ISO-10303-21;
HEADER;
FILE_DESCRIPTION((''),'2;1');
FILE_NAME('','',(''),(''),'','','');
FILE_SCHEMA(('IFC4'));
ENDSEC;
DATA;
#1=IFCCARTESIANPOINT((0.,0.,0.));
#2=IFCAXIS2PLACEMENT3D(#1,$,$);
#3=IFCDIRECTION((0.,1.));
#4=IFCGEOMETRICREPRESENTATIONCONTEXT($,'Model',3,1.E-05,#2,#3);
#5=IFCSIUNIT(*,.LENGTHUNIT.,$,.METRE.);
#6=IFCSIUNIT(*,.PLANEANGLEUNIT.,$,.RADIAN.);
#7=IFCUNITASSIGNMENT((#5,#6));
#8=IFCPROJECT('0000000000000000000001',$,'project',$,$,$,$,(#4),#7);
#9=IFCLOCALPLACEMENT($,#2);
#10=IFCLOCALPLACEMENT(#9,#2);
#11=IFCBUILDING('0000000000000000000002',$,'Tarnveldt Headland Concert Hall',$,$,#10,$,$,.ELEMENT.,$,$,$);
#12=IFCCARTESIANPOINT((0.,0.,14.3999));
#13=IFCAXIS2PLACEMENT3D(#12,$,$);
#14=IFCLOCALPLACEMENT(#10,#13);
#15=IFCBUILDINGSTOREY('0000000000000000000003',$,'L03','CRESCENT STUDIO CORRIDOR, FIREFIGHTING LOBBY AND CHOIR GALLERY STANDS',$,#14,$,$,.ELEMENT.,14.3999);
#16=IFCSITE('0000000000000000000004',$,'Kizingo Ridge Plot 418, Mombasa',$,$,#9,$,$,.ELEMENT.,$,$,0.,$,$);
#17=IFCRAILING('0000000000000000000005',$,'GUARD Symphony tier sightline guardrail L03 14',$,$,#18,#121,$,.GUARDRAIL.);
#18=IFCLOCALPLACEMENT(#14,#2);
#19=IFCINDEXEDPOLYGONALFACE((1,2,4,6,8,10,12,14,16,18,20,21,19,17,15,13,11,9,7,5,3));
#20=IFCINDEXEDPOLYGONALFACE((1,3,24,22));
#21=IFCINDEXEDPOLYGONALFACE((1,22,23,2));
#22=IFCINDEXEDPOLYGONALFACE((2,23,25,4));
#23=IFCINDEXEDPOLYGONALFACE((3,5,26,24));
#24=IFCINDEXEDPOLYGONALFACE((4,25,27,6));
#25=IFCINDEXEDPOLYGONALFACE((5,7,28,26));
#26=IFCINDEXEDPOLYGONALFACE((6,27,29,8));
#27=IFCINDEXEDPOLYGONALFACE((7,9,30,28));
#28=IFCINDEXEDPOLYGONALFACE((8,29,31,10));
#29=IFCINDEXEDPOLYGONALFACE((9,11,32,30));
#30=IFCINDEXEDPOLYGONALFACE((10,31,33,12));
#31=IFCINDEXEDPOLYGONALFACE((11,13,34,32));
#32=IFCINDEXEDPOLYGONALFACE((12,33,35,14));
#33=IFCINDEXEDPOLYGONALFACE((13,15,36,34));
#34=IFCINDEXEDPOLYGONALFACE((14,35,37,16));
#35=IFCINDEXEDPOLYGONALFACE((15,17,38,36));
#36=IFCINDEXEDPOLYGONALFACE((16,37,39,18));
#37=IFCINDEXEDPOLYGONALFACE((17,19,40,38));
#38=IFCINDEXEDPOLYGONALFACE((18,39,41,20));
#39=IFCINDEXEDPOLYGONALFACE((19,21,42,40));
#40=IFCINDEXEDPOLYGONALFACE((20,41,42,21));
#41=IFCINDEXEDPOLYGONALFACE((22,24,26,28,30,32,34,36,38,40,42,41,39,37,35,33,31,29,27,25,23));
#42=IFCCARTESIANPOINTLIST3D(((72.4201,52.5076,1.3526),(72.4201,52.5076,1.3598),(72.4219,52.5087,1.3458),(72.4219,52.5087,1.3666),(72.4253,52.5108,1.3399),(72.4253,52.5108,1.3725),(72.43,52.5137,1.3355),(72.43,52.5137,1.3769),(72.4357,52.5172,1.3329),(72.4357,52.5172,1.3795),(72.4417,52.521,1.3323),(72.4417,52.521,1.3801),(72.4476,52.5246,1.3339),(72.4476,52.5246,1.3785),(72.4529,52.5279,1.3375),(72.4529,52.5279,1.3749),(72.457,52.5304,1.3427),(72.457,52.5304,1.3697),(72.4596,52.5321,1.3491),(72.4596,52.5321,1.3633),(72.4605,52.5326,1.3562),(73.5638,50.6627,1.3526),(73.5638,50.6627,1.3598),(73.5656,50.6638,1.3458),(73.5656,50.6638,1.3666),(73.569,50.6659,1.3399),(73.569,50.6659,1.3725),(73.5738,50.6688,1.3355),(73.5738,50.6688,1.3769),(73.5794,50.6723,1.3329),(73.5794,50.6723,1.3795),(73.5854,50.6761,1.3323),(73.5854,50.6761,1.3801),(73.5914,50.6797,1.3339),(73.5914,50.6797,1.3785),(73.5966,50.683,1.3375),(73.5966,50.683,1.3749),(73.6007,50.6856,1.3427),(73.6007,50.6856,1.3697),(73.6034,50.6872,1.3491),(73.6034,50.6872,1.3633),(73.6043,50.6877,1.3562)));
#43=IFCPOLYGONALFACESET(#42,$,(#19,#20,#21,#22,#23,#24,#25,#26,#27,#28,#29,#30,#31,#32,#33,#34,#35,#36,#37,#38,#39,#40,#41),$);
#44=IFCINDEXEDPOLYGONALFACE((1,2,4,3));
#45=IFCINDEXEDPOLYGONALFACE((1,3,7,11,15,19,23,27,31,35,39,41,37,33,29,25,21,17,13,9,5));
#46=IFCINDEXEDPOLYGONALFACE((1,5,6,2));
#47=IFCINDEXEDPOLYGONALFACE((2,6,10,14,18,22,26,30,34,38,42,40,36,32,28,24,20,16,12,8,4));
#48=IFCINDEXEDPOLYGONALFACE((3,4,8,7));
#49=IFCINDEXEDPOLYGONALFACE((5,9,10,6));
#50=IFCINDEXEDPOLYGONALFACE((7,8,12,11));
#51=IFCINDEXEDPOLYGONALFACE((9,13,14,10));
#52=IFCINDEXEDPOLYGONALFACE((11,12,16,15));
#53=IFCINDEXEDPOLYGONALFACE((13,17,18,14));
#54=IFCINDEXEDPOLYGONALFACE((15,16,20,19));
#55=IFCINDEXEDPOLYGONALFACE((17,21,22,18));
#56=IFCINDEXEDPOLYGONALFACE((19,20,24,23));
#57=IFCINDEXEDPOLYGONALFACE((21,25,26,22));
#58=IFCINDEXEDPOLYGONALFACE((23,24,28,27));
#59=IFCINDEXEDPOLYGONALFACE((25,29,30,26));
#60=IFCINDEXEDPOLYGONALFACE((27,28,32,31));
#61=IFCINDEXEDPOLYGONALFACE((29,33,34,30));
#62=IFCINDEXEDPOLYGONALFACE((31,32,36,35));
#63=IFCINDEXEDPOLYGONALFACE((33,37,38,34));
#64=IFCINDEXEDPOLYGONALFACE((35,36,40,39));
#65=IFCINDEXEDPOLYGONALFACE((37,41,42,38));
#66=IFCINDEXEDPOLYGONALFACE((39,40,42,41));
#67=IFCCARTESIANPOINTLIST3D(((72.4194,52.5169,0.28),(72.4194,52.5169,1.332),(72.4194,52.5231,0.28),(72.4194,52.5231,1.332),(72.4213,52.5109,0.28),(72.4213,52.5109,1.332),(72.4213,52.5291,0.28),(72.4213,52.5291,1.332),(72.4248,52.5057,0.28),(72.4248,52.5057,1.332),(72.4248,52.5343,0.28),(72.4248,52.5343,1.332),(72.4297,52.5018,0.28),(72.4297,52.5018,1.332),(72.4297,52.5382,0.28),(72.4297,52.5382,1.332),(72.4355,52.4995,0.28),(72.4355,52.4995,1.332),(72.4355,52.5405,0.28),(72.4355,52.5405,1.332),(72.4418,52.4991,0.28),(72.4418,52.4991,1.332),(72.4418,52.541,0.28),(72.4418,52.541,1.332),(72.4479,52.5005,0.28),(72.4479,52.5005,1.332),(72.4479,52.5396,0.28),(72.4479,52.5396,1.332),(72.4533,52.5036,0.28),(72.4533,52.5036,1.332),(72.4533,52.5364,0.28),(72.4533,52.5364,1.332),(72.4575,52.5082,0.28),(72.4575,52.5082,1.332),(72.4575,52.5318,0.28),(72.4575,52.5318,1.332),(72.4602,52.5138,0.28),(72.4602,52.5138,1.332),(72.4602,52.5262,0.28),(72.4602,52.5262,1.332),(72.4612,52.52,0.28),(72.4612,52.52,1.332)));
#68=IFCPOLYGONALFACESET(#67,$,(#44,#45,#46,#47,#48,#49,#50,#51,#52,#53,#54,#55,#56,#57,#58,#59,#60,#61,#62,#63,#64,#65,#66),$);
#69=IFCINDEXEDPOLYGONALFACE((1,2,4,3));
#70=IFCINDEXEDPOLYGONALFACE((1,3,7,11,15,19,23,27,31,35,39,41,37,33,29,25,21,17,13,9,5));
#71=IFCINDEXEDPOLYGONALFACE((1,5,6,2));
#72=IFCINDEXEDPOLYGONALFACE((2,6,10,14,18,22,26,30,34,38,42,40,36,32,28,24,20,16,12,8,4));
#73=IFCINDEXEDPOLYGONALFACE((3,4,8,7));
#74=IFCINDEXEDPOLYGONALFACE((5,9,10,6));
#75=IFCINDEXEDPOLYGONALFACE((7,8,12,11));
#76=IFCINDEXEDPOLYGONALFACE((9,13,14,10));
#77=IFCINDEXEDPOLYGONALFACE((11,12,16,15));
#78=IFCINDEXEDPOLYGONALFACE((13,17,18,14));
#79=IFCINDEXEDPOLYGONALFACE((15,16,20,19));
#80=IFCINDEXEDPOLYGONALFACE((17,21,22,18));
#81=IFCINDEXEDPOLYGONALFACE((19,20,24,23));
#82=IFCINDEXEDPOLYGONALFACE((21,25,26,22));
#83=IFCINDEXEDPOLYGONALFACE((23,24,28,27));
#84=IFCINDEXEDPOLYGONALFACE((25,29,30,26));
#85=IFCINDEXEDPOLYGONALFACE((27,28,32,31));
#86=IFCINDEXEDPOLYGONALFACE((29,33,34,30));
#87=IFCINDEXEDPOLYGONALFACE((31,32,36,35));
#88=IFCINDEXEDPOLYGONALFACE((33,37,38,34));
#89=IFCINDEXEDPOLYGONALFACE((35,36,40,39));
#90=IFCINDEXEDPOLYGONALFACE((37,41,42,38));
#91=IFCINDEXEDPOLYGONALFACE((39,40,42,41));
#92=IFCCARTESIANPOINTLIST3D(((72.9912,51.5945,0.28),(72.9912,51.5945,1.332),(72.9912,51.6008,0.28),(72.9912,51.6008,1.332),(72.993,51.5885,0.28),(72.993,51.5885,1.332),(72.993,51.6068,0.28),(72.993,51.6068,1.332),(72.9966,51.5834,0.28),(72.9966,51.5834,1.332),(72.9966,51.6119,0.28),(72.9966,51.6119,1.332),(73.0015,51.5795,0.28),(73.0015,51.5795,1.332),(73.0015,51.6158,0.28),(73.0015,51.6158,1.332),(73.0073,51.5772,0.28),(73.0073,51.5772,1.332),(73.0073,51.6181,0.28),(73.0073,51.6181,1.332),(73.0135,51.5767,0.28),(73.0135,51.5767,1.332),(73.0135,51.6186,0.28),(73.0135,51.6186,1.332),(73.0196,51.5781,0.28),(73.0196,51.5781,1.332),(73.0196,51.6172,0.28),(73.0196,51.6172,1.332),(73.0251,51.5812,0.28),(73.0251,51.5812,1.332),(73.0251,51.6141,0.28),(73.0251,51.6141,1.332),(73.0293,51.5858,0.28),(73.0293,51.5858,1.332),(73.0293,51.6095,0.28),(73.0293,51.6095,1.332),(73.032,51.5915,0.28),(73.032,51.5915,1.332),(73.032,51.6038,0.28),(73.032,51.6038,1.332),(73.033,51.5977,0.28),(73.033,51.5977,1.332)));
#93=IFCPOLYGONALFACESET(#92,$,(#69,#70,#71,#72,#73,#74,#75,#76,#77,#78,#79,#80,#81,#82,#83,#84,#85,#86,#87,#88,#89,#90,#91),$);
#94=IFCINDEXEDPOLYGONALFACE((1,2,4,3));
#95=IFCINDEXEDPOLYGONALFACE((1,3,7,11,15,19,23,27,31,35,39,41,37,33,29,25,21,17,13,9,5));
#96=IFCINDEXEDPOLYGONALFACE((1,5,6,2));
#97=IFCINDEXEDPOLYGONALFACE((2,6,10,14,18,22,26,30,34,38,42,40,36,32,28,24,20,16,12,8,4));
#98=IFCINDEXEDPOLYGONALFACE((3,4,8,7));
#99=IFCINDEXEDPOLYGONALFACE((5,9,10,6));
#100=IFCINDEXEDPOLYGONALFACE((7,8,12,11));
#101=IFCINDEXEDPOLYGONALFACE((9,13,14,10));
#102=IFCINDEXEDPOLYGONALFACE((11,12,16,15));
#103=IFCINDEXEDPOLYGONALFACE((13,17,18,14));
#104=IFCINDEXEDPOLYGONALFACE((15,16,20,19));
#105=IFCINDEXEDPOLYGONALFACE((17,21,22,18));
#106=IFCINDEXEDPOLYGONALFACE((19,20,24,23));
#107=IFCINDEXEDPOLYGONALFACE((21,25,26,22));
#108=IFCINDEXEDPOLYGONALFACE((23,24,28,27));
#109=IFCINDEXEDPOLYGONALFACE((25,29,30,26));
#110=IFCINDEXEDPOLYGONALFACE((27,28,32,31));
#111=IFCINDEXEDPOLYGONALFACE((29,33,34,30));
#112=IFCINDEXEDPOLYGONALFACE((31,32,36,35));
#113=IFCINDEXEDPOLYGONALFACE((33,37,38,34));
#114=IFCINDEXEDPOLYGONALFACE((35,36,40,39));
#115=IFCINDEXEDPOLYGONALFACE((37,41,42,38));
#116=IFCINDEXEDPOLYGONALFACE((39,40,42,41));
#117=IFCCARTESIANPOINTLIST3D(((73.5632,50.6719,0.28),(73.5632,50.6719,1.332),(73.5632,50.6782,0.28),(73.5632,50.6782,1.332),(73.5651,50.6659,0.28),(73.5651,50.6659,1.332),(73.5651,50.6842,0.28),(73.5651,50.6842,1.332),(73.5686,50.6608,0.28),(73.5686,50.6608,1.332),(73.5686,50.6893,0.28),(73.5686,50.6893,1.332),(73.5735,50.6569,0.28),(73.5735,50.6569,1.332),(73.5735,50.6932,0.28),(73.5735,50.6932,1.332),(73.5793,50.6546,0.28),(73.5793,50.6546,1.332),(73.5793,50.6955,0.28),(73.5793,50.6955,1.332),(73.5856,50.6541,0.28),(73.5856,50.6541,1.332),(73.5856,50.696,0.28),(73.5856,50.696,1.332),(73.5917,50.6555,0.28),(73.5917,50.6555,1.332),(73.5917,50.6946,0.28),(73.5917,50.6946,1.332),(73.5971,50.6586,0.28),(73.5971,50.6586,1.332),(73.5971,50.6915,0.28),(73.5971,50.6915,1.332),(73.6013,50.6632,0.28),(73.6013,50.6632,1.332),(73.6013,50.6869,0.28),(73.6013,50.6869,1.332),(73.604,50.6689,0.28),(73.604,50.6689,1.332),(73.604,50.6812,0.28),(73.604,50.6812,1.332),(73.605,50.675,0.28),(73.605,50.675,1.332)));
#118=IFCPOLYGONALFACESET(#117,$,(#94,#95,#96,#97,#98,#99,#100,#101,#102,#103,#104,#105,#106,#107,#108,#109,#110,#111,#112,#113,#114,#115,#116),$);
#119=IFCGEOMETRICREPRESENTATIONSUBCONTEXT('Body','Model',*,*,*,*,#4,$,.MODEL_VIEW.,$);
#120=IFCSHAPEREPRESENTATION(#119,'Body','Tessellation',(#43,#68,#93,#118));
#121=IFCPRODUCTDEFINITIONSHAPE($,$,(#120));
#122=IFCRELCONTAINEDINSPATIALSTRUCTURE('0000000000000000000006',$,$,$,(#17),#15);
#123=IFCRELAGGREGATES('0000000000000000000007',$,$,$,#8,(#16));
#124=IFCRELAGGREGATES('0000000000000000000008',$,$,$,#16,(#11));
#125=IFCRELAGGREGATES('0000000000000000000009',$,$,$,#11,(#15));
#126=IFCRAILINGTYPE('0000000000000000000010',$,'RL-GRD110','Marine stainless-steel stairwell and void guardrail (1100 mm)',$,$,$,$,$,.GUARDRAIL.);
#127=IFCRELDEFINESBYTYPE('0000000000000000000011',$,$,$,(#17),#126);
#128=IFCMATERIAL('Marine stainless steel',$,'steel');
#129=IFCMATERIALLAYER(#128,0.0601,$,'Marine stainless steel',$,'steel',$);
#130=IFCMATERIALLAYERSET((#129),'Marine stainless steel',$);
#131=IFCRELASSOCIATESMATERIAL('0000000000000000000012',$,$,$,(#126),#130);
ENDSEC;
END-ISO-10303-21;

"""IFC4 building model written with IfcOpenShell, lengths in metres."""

from ifc_helpers import new_model, si_unit, direction, frame, origin, origin_2d, place, context, subcontext, project, spatial, circle, extrude, material, layer, layer_set, type_object, element, save


model = new_model("IFC4")

# Units and contexts
model_context = context("Model", 3, precision=1e-05, world=origin(), true_north=direction((0.0, 1.0)))
body_context = subcontext(model_context, "Body", "Model", "MODEL_VIEW")
ifc_project = project(units=[si_unit("LENGTHUNIT", "METRE"), si_unit("PLANEANGLEUNIT", "RADIAN")], contexts=[model_context])

# Site, building, storey
site_placement = place(None, origin())
site = spatial("IfcSite", under=ifc_project, at=site_placement, Name="Kizingo Ridge Plot 418, Mombasa", CompositionType="ELEMENT", RefElevation=0.0)
building_placement = place(site_placement, origin())
building = spatial("IfcBuilding", under=site, at=building_placement, Name="Tarnveldt Headland Concert Hall", CompositionType="ELEMENT")
storey_placement = place(building_placement, frame((0.0, 0.0, 14.3999)))
storey = spatial("IfcBuildingStorey", under=building, at=storey_placement, Name="L03", Description="CRESCENT STUDIO CORRIDOR, FIREFIGHTING LOBBY AND CHOIR GALLERY STANDS", CompositionType="ELEMENT", Elevation=14.3999)

# Railing
ifc_material_1 = material(Name="Marine stainless steel", Category="steel")
ifc_layer = layer(ifc_material_1, 0.0601, Name="Marine stainless steel", Category="steel")
ifc_layer_set = layer_set([ifc_layer], Name="Marine stainless steel")
railing_type = type_object("IfcRailingType", Name="RL-GRD110", Description="Marine stainless-steel stairwell and void guardrail (1100 mm)", PredefinedType="GUARDRAIL", material=ifc_layer_set)
railing_1_placement = place(storey_placement, frame((72.4402, 52.52, 0.28)))
element("IfcRailing", 1, at=railing_1_placement, inside=storey, type_object=railing_type, Name="GUARD Symphony tier sightline guardrail L03 14", PredefinedType="GUARDRAIL", context=body_context, shape_type="SweptSolid", body=[
    extrude(circle(Radius=0.0239, at=origin_2d()), frame((0.0, 0.0, 1.0762), z_axis=(0.526912, -0.84992, 0.0), x_axis=(0.84992, 0.526912, 0.0)), (0.0, 0.0, 1.0), 2.1707),
    extrude(circle(Radius=0.021, at=origin_2d()), origin(), (0.0, 0.0, 1.0), 1.052),
    extrude(circle(Radius=0.021, at=origin_2d()), frame((0.5718, -0.9224, 0.0)), (0.0, 0.0, 1.0), 1.052),
    extrude(circle(Radius=0.021, at=origin_2d()), frame((1.1438, -1.845, 0.0)), (0.0, 0.0, 1.0), 1.052),
])

save(model, "model.ifc")
